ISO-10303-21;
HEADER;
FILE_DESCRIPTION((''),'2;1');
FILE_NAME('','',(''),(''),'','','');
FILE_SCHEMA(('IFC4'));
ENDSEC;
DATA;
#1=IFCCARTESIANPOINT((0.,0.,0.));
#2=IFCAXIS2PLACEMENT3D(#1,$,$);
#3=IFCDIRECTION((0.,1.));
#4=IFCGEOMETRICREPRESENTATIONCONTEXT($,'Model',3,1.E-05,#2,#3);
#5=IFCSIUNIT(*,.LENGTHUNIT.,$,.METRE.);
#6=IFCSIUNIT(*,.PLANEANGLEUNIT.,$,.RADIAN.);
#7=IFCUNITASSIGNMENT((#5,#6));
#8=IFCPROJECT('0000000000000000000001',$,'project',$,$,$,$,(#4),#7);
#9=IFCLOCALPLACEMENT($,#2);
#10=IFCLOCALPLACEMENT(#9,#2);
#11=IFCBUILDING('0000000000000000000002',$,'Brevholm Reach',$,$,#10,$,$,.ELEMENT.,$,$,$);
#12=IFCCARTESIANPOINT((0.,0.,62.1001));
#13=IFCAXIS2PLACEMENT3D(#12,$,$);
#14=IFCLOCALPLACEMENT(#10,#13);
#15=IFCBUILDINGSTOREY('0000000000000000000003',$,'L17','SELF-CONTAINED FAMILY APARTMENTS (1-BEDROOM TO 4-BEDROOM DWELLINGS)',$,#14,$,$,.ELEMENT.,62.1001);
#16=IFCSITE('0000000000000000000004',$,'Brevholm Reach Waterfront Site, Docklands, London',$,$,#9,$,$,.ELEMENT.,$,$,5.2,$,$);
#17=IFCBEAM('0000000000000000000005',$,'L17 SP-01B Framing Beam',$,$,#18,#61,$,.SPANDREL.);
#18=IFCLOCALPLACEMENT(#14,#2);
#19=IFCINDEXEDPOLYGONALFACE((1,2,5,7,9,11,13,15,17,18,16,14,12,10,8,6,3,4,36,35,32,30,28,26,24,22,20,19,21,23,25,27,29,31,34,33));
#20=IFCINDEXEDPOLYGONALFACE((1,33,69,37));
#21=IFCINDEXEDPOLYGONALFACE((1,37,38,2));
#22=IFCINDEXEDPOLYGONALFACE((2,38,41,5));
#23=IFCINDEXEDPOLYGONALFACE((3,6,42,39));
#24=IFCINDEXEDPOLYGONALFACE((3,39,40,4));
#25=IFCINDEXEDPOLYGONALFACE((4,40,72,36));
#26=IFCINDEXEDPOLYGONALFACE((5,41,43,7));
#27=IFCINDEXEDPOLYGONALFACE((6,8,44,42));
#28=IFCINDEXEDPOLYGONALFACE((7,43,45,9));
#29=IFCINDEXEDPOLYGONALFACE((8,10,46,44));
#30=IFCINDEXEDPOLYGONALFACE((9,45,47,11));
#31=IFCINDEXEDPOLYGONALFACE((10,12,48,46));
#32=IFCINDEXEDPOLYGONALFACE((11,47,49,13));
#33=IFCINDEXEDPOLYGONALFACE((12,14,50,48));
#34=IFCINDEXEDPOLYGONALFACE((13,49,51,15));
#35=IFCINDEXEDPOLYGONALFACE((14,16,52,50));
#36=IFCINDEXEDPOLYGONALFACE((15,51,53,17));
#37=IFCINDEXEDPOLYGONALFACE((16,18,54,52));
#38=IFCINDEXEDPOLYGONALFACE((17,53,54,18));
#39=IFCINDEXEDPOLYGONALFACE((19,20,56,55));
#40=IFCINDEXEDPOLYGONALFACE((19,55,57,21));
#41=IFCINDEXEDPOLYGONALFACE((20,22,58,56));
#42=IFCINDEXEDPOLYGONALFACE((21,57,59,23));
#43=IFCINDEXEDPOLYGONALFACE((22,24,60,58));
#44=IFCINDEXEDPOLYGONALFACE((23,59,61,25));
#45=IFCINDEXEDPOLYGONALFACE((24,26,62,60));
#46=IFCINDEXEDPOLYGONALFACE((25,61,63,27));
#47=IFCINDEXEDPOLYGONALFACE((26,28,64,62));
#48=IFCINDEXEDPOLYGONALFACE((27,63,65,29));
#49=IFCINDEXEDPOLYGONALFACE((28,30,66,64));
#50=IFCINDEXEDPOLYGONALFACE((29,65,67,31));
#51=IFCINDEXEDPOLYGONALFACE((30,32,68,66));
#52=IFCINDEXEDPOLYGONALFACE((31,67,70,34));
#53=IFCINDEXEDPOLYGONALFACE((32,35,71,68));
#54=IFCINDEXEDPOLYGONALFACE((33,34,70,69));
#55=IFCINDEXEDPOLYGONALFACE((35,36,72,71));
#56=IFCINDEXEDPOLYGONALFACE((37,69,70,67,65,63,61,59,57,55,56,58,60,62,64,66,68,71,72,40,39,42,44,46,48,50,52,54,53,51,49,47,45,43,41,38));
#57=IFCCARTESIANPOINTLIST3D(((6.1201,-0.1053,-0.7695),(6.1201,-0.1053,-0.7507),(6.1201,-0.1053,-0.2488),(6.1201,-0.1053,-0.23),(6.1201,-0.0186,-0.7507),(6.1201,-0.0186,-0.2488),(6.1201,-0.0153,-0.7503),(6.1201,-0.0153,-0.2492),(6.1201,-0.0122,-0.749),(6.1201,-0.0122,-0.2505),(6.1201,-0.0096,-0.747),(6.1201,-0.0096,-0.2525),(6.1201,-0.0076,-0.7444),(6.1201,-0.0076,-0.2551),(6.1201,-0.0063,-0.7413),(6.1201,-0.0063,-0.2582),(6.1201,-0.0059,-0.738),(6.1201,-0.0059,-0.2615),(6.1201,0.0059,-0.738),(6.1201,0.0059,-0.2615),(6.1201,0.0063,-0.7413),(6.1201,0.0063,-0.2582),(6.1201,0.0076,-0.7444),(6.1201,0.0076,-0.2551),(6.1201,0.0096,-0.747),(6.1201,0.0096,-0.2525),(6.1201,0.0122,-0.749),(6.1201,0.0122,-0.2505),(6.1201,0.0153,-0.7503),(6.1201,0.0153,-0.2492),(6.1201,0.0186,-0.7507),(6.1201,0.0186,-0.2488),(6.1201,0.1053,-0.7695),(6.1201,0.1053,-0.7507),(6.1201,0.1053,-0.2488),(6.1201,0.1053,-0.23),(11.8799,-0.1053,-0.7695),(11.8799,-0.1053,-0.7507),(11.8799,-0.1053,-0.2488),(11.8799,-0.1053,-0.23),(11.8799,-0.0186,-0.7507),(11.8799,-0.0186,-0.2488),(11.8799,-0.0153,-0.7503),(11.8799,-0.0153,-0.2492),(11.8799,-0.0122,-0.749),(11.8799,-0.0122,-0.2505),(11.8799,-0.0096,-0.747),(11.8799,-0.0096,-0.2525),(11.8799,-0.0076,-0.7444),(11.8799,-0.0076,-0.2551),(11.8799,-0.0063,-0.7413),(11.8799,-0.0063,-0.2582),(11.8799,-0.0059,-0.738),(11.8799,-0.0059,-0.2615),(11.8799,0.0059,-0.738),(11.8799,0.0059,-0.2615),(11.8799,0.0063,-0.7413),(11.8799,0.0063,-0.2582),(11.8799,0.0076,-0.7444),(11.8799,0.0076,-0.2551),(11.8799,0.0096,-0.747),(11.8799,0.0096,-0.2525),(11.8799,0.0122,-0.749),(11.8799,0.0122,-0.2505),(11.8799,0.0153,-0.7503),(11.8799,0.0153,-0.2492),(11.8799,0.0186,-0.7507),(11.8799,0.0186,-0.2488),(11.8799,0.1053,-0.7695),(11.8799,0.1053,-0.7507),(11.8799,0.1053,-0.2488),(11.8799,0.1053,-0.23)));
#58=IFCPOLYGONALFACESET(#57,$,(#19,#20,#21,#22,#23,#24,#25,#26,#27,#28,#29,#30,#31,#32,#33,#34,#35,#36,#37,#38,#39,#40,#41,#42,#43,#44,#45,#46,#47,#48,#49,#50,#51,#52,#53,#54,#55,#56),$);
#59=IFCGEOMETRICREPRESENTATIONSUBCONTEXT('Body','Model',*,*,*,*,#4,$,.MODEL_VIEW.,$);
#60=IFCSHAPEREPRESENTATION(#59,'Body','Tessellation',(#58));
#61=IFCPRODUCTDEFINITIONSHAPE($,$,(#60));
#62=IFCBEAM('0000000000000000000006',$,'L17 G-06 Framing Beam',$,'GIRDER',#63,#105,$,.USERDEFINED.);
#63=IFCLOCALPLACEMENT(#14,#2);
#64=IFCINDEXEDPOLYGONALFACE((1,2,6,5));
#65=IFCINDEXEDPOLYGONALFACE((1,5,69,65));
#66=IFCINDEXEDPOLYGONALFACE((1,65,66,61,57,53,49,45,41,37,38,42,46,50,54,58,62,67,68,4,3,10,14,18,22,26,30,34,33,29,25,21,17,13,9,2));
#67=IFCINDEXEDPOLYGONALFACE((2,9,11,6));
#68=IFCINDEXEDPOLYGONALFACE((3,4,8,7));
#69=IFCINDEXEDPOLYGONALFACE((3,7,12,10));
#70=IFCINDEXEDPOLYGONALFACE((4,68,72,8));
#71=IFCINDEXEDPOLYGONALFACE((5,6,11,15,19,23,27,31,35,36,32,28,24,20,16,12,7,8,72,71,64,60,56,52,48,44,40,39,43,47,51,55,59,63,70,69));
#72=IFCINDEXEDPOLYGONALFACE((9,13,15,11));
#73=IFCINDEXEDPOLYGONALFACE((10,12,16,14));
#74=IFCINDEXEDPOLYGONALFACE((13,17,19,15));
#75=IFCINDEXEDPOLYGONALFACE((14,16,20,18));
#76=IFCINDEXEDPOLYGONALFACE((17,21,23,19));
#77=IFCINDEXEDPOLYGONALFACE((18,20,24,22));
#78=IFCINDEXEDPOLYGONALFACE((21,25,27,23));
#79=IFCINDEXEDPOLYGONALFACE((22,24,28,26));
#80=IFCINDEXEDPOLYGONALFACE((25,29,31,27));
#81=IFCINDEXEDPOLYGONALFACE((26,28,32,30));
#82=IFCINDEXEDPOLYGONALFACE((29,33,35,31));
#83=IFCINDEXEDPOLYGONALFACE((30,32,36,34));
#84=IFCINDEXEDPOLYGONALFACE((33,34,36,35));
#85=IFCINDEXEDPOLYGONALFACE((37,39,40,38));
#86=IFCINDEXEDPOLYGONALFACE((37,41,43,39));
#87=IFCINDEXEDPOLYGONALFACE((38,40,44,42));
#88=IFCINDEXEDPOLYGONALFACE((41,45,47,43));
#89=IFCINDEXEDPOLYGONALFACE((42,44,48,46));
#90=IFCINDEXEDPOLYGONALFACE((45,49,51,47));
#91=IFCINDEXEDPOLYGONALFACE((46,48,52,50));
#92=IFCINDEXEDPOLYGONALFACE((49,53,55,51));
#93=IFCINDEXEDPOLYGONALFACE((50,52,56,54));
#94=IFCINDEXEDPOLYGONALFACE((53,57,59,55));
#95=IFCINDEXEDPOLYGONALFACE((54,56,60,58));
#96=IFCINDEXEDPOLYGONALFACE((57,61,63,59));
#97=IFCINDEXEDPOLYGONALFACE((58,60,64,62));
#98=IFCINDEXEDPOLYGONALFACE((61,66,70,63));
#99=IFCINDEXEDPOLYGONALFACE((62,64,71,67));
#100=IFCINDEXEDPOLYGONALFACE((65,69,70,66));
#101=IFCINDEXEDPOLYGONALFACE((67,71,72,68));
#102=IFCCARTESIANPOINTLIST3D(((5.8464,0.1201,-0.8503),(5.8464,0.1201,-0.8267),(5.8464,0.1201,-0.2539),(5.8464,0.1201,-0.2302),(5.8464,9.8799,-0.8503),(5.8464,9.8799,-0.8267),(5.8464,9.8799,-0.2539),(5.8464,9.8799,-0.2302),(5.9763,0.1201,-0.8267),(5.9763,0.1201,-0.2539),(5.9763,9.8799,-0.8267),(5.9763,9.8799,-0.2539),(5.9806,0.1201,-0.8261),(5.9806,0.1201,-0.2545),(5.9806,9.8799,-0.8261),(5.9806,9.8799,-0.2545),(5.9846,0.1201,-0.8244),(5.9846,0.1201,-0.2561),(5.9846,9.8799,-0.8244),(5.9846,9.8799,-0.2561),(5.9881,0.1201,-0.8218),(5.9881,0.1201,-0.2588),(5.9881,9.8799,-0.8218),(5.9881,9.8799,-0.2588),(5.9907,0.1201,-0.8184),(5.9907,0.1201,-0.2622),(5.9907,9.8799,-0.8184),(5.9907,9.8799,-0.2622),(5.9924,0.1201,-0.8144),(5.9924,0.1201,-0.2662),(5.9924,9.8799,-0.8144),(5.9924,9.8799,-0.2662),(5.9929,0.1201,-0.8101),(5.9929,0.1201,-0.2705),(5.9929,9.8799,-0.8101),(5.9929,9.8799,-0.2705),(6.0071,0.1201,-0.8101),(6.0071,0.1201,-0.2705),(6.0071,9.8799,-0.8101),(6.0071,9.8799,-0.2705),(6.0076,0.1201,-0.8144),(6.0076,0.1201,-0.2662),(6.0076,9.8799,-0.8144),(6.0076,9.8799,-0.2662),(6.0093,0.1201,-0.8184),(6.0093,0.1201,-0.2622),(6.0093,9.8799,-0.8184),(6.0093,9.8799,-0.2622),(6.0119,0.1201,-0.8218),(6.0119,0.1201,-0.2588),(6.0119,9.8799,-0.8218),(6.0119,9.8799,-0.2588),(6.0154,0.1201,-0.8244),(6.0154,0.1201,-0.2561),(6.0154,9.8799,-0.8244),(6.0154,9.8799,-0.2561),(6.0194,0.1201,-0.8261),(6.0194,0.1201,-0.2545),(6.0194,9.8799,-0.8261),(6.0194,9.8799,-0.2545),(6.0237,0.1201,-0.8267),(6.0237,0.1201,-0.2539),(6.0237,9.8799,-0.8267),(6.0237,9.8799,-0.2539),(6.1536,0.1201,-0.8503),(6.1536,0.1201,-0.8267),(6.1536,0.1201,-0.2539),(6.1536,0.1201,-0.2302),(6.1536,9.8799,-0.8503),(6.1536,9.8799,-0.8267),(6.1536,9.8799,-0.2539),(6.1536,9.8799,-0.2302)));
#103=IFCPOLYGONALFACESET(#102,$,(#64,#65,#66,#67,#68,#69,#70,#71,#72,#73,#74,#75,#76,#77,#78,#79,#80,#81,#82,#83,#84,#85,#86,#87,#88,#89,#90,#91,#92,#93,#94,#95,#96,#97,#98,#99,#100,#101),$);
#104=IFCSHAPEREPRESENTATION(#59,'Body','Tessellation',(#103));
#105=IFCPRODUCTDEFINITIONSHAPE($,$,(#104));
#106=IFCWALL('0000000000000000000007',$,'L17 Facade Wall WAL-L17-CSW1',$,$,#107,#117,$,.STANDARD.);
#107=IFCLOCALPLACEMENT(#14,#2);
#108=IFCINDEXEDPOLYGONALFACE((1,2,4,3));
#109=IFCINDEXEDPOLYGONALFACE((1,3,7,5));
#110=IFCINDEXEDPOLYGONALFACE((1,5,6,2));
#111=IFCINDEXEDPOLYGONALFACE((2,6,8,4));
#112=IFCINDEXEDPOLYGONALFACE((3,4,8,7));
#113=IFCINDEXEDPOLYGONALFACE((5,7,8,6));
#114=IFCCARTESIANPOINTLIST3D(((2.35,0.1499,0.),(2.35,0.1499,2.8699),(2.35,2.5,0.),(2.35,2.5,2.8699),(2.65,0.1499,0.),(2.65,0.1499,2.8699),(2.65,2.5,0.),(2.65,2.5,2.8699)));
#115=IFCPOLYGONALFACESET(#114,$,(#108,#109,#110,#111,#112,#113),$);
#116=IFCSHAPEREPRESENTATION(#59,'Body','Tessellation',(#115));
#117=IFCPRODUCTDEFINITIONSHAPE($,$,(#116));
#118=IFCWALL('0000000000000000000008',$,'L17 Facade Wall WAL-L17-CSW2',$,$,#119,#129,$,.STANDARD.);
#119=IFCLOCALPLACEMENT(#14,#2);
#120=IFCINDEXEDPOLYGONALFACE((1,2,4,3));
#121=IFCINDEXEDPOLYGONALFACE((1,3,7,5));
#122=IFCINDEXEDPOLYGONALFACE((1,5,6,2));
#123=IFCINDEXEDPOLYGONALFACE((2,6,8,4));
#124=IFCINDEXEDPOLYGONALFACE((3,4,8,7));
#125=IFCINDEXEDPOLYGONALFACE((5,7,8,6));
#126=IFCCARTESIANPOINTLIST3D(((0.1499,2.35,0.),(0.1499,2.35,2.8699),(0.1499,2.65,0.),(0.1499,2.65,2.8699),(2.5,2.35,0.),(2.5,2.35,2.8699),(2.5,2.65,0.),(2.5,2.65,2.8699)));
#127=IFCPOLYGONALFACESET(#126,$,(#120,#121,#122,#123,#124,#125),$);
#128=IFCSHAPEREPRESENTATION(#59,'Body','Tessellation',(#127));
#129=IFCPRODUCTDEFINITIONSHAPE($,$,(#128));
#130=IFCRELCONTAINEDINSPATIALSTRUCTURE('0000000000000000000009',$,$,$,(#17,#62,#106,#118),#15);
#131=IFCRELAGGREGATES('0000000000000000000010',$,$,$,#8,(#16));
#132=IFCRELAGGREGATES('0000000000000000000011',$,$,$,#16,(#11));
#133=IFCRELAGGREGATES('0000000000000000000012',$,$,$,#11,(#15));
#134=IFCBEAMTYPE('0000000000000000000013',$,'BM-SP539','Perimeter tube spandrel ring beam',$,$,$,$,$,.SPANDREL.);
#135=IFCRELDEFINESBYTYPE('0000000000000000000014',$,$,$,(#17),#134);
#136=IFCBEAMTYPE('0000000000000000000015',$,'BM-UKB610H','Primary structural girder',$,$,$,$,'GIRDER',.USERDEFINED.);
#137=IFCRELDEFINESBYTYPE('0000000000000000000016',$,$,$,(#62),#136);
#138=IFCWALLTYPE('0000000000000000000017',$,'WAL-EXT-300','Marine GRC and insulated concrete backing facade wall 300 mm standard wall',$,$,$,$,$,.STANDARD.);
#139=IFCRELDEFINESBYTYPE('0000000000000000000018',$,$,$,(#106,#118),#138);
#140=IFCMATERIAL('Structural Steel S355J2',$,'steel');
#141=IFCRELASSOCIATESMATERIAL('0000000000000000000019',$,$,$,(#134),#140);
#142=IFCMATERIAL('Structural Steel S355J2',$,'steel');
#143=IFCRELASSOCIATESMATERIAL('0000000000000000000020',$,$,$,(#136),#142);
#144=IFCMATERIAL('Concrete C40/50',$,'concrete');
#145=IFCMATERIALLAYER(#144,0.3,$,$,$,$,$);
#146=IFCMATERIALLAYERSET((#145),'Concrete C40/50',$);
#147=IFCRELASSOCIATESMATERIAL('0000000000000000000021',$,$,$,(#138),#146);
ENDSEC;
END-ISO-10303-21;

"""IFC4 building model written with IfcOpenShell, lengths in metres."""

from ifc_helpers import new_model, si_unit, direction, frame, frame_2d, origin, origin_2d, place, context, subcontext, project, spatial, rectangle, i_section, extrude, material, layer, layer_set, material_profile, profile_set, type_object, element, save


model = new_model("IFC4")

# Units and contexts
model_context = context("Model", 3, precision=1e-05, world=origin(), true_north=direction((0.0, 1.0)))
body_context = subcontext(model_context, "Body", "Model", "MODEL_VIEW")
ifc_project = project(units=[si_unit("LENGTHUNIT", "METRE"), si_unit("PLANEANGLEUNIT", "RADIAN")], contexts=[model_context])

# Site, building, storey
site_placement = place(None, origin())
site = spatial("IfcSite", under=ifc_project, at=site_placement, Name="Brevholm Reach Waterfront Site, Docklands, London", CompositionType="ELEMENT", RefElevation=5.2)
building_placement = place(site_placement, origin())
building = spatial("IfcBuilding", under=site, at=building_placement, Name="Brevholm Reach", CompositionType="ELEMENT")
storey_placement = place(building_placement, frame((0.0, 0.0, 62.1001)))
storey = spatial("IfcBuildingStorey", under=building, at=storey_placement, Name="L17", Description="SELF-CONTAINED FAMILY APARTMENTS (1-BEDROOM TO 4-BEDROOM DWELLINGS)", CompositionType="ELEMENT", Elevation=62.1001)

# Beams
ifc_material_1 = material(Name="Structural Steel S355J2", Category="steel")
ifc_material_profile_1 = material_profile(ifc_material_1, i_section(OverallWidth=0.2107, OverallDepth=0.5396, WebThickness=0.0117, FlangeThickness=0.0188, FilletRadius=0.0127, at=origin_2d()), Name="UKB 533x210x109")
ifc_profile_set_1 = profile_set([ifc_material_profile_1], Name="Structural Steel S355J2")
beam_type_1 = type_object("IfcBeamType", Name="BM-SP539", Description="Perimeter tube spandrel ring beam", PredefinedType="SPANDREL", material=ifc_profile_set_1)
beam_1_placement = place(storey_placement, frame((6.1201, 0.0, -0.4998), z_axis=(1.0, 0.0, 0.0), x_axis=(0.0, 1.0, 0.0)))
element("IfcBeam", 1, at=beam_1_placement, inside=storey, type_object=beam_type_1, Name="L17 SP-01B Framing Beam", PredefinedType="SPANDREL", context=body_context, shape_type="SweptSolid", body=[
    extrude(i_section(OverallWidth=0.2107, OverallDepth=0.5396, WebThickness=0.0117, FlangeThickness=0.0188, FilletRadius=0.0127, at=origin_2d()), origin(), (0.0, 0.0, 1.0), 5.7598),
])
ifc_material_2 = material(Name="Structural Steel S355J2", Category="steel")
ifc_material_profile_2 = material_profile(ifc_material_2, i_section(OverallWidth=0.3071, OverallDepth=0.6201, WebThickness=0.0142, FlangeThickness=0.0237, FilletRadius=0.0166, at=origin_2d()), Name="UKB 610x305x179")
ifc_profile_set_2 = profile_set([ifc_material_profile_2], Name="Structural Steel S355J2")
beam_type_2 = type_object("IfcBeamType", Name="BM-UKB610H", Description="Primary structural girder", ElementType="GIRDER", PredefinedType="USERDEFINED", material=ifc_profile_set_2)
beam_2_placement = place(storey_placement, frame((6.0, 0.1201, -0.5403), z_axis=(0.0, 1.0, 0.0), x_axis=(-1.0, 0.0, 0.0)))
element("IfcBeam", 2, at=beam_2_placement, inside=storey, type_object=beam_type_2, Name="L17 G-06 Framing Beam", ObjectType="GIRDER", PredefinedType="USERDEFINED", context=body_context, shape_type="SweptSolid", body=[
    extrude(i_section(OverallWidth=0.3071, OverallDepth=0.6201, WebThickness=0.0142, FlangeThickness=0.0237, FilletRadius=0.0166, at=origin_2d()), origin(), (0.0, 0.0, 1.0), 9.7598),
])

# Walls
ifc_material_3 = material(Name="Concrete C40/50", Category="concrete")
ifc_layer_1 = layer(ifc_material_3, 0.3)
ifc_layer_set_1 = layer_set([ifc_layer_1], Name="Concrete C40/50")
wall_type_1 = type_object("IfcWallType", Name="WAL-EXT-300", Description="Marine GRC and insulated concrete backing facade wall 300 mm standard wall", PredefinedType="STANDARD", material=ifc_layer_set_1)
for number, where, z_axis, x_axis, name in (
    (3, (2.5, 2.5, 0.0), (0.0, 0.0, 1.0), (0.0, -1.0, 0.0), "L17 Facade Wall WAL-L17-CSW1"),
    (4, (0.1499, 2.5, 0.0), (0.0, 0.0, 1.0), (1.0, 0.0, 0.0), "L17 Facade Wall WAL-L17-CSW2"),
):
    element("IfcWall", number, at=place(storey_placement, frame(where, z_axis=z_axis, x_axis=x_axis)), inside=storey, type_object=wall_type_1, Name=name, PredefinedType="STANDARD", context=body_context, shape_type="SweptSolid", body=[
        extrude(rectangle(XDim=2.3501, YDim=0.3, at=frame_2d((1.175, 0.0))), origin(), (0.0, 0.0, 1.0), 2.8699),
    ])

save(model, "model.ifc")
